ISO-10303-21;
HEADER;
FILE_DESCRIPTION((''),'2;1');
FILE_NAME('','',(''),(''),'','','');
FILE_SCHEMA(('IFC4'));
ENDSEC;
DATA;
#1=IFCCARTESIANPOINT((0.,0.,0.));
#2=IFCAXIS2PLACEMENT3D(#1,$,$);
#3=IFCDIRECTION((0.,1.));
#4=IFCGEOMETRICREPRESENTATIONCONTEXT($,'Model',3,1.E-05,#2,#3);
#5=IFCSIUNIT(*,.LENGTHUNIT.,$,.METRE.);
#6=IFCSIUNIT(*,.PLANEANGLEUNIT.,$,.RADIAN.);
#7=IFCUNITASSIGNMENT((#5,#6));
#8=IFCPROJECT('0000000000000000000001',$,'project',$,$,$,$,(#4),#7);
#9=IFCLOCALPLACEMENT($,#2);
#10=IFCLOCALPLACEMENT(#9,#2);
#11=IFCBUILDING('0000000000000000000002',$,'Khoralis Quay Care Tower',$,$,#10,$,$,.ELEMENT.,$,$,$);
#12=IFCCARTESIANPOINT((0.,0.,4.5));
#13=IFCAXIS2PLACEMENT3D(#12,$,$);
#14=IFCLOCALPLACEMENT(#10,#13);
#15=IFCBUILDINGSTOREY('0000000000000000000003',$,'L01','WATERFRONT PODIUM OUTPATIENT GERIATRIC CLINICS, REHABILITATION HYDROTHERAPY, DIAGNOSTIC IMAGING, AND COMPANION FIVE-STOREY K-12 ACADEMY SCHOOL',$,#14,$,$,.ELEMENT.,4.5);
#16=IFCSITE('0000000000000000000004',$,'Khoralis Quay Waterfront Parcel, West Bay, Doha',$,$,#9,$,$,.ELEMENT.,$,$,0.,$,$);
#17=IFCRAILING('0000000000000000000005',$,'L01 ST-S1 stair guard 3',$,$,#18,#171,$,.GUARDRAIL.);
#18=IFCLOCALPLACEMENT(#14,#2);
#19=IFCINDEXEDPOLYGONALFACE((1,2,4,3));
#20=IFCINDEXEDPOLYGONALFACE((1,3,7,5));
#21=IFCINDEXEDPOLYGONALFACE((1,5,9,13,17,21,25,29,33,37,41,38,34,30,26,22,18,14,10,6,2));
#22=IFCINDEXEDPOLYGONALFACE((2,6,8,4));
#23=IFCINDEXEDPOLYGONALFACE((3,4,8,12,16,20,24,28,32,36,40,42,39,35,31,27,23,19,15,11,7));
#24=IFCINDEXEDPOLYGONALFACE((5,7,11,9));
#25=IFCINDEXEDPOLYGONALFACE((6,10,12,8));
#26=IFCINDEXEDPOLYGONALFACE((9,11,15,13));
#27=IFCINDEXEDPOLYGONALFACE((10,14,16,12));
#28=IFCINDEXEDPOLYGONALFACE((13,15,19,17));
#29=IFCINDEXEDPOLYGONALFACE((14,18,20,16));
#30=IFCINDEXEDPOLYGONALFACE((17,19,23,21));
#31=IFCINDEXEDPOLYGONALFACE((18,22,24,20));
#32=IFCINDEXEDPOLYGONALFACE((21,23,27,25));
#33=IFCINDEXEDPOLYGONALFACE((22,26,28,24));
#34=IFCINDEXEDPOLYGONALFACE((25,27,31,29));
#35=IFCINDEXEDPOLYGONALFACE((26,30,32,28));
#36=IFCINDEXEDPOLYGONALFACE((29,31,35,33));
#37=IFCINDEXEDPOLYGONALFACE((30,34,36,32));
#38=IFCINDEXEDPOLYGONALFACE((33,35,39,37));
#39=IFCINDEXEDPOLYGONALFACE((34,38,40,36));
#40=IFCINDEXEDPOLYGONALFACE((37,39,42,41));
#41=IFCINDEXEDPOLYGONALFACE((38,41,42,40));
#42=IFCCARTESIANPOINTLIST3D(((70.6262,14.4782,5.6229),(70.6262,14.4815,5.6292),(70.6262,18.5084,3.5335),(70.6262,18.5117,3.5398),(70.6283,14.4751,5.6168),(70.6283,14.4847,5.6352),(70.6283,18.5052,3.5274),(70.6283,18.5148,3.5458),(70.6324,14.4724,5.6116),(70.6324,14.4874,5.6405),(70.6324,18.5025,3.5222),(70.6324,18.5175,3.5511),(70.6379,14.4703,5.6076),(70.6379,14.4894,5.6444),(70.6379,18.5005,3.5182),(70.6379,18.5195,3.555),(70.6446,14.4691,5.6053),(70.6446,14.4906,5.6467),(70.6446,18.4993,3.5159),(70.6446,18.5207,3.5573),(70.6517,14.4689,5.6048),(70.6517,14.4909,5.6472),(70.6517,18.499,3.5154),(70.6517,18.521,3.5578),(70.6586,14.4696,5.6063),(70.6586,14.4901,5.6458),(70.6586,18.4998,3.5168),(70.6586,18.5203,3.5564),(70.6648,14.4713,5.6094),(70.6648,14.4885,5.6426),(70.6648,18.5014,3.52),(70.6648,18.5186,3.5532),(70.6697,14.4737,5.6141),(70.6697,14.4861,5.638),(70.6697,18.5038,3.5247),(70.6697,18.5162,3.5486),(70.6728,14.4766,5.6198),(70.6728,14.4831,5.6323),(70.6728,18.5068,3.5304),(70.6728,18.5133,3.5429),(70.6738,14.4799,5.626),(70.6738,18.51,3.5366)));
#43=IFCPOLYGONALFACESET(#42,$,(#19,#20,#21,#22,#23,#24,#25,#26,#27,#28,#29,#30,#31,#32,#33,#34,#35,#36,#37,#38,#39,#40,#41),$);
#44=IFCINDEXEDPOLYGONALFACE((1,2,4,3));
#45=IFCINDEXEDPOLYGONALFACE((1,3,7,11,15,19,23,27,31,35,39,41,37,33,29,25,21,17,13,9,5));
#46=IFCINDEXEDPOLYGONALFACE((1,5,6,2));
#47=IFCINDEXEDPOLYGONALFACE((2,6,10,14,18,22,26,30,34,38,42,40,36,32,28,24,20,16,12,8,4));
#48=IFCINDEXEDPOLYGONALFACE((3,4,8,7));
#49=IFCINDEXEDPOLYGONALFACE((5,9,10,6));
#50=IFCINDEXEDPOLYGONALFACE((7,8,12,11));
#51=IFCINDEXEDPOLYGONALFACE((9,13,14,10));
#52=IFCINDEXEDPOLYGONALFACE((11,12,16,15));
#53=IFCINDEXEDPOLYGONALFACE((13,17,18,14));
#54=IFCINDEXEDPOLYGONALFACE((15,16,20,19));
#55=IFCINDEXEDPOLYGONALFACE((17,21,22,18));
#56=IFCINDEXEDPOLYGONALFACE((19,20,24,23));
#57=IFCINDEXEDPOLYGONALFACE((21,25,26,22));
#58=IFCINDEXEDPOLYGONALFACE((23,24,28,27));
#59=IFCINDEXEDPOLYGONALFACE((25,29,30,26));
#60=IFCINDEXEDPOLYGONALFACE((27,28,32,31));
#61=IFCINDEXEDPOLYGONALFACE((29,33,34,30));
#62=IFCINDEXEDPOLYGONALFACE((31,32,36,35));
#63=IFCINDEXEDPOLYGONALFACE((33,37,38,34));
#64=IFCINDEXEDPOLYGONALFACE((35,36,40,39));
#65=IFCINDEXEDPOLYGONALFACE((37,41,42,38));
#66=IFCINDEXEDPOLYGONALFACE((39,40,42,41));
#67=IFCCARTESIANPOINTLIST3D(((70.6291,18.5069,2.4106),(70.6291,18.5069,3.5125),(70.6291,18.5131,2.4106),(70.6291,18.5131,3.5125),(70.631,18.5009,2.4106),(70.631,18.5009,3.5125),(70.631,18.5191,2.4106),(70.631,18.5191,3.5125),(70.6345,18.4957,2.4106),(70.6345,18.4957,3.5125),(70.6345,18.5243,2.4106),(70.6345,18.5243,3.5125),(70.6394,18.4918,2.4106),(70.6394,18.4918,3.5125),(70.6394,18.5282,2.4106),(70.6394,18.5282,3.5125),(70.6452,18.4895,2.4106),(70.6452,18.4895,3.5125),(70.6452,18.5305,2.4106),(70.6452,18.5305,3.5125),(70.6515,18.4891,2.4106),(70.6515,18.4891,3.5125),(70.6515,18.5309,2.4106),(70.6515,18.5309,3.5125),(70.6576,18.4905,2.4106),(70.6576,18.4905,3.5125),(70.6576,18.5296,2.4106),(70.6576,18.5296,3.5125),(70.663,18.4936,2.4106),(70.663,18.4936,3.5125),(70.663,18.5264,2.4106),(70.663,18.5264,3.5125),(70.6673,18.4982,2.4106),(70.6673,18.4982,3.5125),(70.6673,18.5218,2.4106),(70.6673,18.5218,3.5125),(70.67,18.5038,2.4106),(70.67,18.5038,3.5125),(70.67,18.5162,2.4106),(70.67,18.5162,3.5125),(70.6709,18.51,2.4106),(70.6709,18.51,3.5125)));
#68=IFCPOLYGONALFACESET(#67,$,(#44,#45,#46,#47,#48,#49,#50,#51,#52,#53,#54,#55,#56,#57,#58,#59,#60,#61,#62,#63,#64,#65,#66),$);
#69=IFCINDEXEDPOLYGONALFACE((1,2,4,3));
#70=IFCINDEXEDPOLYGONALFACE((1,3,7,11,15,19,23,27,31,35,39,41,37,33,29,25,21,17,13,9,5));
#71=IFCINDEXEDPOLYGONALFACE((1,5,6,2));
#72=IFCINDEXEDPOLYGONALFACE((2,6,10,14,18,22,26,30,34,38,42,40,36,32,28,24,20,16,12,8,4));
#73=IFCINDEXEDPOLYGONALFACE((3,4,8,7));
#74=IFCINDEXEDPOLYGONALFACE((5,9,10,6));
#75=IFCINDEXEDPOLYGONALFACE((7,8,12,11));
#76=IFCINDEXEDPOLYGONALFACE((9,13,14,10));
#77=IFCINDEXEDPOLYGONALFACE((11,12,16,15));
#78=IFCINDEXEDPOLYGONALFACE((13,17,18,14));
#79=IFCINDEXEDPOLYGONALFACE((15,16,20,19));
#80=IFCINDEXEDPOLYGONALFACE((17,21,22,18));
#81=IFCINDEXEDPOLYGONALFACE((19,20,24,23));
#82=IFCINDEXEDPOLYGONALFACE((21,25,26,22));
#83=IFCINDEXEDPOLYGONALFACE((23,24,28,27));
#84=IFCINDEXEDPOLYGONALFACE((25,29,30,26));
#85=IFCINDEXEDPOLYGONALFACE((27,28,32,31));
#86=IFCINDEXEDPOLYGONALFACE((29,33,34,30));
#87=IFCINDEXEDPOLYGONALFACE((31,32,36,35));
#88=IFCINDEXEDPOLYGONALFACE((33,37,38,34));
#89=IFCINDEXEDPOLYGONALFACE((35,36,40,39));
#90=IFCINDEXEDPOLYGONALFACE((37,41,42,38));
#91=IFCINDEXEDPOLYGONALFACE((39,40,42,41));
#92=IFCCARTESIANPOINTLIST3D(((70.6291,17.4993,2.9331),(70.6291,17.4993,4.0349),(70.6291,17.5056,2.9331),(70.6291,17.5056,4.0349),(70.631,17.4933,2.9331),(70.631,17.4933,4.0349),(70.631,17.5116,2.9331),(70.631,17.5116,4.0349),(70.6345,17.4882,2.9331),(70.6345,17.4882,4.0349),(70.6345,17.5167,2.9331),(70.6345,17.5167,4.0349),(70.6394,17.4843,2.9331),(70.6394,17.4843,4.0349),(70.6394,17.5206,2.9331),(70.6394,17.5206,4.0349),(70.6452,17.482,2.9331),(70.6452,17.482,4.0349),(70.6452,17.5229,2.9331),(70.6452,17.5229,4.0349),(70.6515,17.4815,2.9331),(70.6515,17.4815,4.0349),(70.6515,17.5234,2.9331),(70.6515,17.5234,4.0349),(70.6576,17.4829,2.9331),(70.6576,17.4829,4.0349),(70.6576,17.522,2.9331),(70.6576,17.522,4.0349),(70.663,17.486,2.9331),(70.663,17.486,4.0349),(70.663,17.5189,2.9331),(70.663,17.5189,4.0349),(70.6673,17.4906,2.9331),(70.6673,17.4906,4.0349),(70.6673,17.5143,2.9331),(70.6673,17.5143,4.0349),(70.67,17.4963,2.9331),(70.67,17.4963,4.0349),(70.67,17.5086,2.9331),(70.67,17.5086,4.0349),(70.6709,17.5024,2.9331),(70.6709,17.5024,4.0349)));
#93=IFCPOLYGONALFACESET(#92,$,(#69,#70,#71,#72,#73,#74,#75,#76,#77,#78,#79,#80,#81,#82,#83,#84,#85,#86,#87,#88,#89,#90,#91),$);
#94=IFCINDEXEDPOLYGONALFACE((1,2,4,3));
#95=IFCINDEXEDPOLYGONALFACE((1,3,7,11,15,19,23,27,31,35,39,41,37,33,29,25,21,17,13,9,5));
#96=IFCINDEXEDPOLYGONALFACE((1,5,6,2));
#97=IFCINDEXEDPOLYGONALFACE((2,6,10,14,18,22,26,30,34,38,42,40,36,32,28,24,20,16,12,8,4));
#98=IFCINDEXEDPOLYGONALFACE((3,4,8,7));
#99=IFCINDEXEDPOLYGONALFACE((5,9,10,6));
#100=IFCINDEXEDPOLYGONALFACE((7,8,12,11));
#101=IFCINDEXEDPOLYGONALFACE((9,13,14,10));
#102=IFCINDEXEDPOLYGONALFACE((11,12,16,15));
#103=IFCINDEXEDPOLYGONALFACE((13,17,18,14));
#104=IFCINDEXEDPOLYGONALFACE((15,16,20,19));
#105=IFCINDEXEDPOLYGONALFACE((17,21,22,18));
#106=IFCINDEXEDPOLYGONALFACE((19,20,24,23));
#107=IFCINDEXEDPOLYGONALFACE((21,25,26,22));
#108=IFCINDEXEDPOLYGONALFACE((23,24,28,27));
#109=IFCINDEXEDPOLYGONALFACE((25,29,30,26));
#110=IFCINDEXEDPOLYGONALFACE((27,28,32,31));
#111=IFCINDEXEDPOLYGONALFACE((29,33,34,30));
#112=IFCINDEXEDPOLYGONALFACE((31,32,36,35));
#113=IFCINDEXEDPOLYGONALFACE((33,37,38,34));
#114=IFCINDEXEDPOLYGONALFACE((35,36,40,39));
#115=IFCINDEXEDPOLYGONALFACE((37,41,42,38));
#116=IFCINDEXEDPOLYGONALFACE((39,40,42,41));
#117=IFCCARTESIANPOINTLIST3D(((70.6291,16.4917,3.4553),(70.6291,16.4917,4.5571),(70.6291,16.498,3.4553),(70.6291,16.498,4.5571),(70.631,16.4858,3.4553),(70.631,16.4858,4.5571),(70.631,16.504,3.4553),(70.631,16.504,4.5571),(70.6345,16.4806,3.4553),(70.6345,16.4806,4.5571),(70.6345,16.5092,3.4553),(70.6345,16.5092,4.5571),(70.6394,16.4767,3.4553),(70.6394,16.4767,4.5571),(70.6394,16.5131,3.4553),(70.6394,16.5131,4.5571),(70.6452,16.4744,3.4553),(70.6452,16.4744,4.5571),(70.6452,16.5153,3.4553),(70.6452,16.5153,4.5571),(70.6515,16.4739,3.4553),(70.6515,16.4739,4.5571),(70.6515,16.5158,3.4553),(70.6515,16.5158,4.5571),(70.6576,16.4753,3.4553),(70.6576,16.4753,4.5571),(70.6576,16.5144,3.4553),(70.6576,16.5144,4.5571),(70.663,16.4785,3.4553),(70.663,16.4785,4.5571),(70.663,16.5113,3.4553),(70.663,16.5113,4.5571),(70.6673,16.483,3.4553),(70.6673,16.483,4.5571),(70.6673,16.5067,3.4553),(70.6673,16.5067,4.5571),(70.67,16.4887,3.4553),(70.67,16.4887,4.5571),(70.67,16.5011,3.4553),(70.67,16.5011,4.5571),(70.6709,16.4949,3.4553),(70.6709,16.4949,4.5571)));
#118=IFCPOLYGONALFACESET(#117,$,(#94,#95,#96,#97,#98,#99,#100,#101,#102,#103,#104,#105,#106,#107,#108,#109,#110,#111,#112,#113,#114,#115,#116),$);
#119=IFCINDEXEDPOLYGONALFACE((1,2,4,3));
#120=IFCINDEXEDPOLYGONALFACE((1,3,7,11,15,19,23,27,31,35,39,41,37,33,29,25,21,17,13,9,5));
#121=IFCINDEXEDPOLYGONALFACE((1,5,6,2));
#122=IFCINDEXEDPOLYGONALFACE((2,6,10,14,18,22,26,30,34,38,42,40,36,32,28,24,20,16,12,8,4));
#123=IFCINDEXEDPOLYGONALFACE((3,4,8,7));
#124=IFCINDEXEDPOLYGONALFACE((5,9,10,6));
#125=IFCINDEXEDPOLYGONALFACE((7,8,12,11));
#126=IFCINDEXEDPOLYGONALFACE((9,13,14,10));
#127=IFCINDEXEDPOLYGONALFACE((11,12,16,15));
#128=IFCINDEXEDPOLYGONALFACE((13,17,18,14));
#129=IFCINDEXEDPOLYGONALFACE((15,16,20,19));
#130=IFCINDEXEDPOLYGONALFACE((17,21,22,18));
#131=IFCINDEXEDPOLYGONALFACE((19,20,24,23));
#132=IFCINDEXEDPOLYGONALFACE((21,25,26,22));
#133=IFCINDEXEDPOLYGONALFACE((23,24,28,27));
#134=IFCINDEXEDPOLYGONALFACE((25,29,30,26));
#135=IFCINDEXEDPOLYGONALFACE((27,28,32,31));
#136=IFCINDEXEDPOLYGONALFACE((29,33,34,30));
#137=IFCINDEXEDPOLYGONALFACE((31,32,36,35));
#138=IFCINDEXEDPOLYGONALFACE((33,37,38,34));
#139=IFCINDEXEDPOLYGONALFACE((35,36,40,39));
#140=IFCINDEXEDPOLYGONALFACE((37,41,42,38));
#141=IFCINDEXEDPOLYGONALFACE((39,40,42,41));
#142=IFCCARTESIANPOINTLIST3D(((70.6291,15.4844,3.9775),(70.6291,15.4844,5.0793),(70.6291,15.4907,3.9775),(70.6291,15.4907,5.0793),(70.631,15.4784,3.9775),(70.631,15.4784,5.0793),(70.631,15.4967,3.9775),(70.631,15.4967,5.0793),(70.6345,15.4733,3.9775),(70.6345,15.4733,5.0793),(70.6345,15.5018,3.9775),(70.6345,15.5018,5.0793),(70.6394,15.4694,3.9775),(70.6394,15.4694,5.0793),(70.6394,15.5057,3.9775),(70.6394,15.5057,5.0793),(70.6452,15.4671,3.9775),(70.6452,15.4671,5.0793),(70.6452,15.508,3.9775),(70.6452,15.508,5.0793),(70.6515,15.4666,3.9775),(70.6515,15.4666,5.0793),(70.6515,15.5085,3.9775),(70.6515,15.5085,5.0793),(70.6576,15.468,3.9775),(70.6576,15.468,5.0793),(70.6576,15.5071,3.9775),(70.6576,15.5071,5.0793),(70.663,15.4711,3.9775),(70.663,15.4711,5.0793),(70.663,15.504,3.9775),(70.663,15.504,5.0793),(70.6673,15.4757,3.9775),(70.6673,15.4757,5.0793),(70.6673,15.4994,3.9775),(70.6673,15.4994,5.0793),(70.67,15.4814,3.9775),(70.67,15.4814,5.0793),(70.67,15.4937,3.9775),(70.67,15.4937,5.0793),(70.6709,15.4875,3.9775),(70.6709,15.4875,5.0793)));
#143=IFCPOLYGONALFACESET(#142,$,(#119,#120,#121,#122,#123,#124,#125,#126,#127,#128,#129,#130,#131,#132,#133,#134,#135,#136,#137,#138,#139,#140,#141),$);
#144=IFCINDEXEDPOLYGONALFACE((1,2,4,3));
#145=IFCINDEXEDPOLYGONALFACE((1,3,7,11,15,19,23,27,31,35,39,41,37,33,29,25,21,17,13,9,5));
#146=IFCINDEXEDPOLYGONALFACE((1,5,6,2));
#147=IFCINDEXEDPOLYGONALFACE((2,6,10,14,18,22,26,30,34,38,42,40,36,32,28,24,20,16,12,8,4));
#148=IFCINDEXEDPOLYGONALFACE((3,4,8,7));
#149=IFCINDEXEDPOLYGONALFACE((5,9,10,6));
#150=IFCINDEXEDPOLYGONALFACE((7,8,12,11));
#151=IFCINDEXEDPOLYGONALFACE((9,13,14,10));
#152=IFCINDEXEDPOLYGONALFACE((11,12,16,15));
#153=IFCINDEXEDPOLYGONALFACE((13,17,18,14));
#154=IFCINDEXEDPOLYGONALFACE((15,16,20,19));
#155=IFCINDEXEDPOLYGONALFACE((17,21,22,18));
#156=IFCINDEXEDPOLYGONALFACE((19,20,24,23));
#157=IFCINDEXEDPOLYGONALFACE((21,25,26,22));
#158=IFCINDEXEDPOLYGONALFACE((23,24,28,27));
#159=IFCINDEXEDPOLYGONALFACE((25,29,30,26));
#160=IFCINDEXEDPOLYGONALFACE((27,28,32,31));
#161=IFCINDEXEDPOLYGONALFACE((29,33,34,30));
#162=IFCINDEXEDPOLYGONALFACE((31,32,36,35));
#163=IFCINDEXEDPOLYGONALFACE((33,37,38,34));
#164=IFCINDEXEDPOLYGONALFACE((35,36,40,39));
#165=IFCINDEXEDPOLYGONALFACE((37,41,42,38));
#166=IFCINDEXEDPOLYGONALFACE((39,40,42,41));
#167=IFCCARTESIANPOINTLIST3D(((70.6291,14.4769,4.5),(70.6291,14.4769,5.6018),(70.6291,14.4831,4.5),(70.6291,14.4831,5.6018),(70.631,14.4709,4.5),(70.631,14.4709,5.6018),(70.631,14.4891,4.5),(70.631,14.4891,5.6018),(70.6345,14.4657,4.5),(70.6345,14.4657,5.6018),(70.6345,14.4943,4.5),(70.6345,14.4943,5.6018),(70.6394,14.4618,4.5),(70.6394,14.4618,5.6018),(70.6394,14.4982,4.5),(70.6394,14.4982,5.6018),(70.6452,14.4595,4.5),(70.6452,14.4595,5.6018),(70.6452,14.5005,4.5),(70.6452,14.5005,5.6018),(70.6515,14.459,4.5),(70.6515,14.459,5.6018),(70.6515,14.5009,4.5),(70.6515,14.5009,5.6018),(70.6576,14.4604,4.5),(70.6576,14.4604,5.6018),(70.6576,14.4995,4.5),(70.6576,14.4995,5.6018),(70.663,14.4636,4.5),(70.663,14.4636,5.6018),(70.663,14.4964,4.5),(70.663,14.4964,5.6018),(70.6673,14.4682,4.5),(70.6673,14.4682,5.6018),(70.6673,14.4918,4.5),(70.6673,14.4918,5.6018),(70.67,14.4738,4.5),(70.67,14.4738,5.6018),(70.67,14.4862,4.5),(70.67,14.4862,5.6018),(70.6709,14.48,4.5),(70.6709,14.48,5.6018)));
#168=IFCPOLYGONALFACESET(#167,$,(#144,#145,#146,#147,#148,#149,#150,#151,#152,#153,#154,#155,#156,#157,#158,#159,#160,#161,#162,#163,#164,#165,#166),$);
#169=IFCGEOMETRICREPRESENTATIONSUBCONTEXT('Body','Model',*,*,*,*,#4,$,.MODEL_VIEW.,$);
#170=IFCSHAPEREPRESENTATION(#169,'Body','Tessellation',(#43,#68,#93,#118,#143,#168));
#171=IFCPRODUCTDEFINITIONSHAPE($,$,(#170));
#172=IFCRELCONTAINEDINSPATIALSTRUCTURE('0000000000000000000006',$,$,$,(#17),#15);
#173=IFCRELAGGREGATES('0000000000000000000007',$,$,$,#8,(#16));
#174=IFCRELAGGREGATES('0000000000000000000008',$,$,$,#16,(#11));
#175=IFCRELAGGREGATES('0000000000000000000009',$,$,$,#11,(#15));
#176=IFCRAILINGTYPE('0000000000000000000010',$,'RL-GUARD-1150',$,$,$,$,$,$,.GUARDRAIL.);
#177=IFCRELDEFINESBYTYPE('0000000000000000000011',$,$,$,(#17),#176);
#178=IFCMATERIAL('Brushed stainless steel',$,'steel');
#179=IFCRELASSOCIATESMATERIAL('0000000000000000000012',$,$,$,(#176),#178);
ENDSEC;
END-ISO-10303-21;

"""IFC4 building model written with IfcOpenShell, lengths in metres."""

from ifc_helpers import new_model, si_unit, direction, frame, origin, origin_2d, place, context, subcontext, project, spatial, circle, extrude, material, type_object, element, save


model = new_model("IFC4")

# Units and contexts
model_context = context("Model", 3, precision=1e-05, world=origin(), true_north=direction((0.0, 1.0)))
body_context = subcontext(model_context, "Body", "Model", "MODEL_VIEW")
ifc_project = project(units=[si_unit("LENGTHUNIT", "METRE"), si_unit("PLANEANGLEUNIT", "RADIAN")], contexts=[model_context])

# Site, building, storey
site_placement = place(None, origin())
site = spatial("IfcSite", under=ifc_project, at=site_placement, Name="Khoralis Quay Waterfront Parcel, West Bay, Doha", CompositionType="ELEMENT", RefElevation=0.0)
building_placement = place(site_placement, origin())
building = spatial("IfcBuilding", under=site, at=building_placement, Name="Khoralis Quay Care Tower", CompositionType="ELEMENT")
storey_placement = place(building_placement, frame((0.0, 0.0, 4.5)))
storey = spatial("IfcBuildingStorey", under=building, at=storey_placement, Name="L01", Description="WATERFRONT PODIUM OUTPATIENT GERIATRIC CLINICS, REHABILITATION HYDROTHERAPY, DIAGNOSTIC IMAGING, AND COMPANION FIVE-STOREY K-12 ACADEMY SCHOOL", CompositionType="ELEMENT", Elevation=4.5)

# Railing
ifc_material_1 = material(Name="Brushed stainless steel", Category="steel")
railing_type_1 = type_object("IfcRailingType", Name="RL-GUARD-1150", PredefinedType="GUARDRAIL", material=ifc_material_1)
railing_1_placement = place(storey_placement, frame((70.6499, 18.51, 2.4106)))
element("IfcRailing", 1, at=railing_1_placement, inside=storey, type_object=railing_type_1, Name="L01 ST-S1 stair guard 3", PredefinedType="GUARDRAIL", context=body_context, shape_type="SweptSolid", body=[
    extrude(circle(Radius=0.0239, at=origin_2d()), frame((0.0, 0.0, 1.126), z_axis=(0.0, -0.887781, 0.460267), x_axis=(1.0, 0.0, 0.0)), (0.0, 0.0, 1.0), 4.5396),
    extrude(circle(Radius=0.021, at=origin_2d()), origin(), (0.0, 0.0, 1.0), 1.1018),
    extrude(circle(Radius=0.021, at=origin_2d()), frame((0.0, -1.0076, 0.5225)), (0.0, 0.0, 1.0), 1.1018),
    extrude(circle(Radius=0.021, at=origin_2d()), frame((0.0, -2.0151, 1.0447)), (0.0, 0.0, 1.0), 1.1018),
    extrude(circle(Radius=0.021, at=origin_2d()), frame((0.0, -3.0225, 1.5669)), (0.0, 0.0, 1.0), 1.1018),
    extrude(circle(Radius=0.021, at=origin_2d()), frame((0.0, -4.03, 2.0894)), (0.0, 0.0, 1.0), 1.1018),
])

save(model, "model.ifc")
